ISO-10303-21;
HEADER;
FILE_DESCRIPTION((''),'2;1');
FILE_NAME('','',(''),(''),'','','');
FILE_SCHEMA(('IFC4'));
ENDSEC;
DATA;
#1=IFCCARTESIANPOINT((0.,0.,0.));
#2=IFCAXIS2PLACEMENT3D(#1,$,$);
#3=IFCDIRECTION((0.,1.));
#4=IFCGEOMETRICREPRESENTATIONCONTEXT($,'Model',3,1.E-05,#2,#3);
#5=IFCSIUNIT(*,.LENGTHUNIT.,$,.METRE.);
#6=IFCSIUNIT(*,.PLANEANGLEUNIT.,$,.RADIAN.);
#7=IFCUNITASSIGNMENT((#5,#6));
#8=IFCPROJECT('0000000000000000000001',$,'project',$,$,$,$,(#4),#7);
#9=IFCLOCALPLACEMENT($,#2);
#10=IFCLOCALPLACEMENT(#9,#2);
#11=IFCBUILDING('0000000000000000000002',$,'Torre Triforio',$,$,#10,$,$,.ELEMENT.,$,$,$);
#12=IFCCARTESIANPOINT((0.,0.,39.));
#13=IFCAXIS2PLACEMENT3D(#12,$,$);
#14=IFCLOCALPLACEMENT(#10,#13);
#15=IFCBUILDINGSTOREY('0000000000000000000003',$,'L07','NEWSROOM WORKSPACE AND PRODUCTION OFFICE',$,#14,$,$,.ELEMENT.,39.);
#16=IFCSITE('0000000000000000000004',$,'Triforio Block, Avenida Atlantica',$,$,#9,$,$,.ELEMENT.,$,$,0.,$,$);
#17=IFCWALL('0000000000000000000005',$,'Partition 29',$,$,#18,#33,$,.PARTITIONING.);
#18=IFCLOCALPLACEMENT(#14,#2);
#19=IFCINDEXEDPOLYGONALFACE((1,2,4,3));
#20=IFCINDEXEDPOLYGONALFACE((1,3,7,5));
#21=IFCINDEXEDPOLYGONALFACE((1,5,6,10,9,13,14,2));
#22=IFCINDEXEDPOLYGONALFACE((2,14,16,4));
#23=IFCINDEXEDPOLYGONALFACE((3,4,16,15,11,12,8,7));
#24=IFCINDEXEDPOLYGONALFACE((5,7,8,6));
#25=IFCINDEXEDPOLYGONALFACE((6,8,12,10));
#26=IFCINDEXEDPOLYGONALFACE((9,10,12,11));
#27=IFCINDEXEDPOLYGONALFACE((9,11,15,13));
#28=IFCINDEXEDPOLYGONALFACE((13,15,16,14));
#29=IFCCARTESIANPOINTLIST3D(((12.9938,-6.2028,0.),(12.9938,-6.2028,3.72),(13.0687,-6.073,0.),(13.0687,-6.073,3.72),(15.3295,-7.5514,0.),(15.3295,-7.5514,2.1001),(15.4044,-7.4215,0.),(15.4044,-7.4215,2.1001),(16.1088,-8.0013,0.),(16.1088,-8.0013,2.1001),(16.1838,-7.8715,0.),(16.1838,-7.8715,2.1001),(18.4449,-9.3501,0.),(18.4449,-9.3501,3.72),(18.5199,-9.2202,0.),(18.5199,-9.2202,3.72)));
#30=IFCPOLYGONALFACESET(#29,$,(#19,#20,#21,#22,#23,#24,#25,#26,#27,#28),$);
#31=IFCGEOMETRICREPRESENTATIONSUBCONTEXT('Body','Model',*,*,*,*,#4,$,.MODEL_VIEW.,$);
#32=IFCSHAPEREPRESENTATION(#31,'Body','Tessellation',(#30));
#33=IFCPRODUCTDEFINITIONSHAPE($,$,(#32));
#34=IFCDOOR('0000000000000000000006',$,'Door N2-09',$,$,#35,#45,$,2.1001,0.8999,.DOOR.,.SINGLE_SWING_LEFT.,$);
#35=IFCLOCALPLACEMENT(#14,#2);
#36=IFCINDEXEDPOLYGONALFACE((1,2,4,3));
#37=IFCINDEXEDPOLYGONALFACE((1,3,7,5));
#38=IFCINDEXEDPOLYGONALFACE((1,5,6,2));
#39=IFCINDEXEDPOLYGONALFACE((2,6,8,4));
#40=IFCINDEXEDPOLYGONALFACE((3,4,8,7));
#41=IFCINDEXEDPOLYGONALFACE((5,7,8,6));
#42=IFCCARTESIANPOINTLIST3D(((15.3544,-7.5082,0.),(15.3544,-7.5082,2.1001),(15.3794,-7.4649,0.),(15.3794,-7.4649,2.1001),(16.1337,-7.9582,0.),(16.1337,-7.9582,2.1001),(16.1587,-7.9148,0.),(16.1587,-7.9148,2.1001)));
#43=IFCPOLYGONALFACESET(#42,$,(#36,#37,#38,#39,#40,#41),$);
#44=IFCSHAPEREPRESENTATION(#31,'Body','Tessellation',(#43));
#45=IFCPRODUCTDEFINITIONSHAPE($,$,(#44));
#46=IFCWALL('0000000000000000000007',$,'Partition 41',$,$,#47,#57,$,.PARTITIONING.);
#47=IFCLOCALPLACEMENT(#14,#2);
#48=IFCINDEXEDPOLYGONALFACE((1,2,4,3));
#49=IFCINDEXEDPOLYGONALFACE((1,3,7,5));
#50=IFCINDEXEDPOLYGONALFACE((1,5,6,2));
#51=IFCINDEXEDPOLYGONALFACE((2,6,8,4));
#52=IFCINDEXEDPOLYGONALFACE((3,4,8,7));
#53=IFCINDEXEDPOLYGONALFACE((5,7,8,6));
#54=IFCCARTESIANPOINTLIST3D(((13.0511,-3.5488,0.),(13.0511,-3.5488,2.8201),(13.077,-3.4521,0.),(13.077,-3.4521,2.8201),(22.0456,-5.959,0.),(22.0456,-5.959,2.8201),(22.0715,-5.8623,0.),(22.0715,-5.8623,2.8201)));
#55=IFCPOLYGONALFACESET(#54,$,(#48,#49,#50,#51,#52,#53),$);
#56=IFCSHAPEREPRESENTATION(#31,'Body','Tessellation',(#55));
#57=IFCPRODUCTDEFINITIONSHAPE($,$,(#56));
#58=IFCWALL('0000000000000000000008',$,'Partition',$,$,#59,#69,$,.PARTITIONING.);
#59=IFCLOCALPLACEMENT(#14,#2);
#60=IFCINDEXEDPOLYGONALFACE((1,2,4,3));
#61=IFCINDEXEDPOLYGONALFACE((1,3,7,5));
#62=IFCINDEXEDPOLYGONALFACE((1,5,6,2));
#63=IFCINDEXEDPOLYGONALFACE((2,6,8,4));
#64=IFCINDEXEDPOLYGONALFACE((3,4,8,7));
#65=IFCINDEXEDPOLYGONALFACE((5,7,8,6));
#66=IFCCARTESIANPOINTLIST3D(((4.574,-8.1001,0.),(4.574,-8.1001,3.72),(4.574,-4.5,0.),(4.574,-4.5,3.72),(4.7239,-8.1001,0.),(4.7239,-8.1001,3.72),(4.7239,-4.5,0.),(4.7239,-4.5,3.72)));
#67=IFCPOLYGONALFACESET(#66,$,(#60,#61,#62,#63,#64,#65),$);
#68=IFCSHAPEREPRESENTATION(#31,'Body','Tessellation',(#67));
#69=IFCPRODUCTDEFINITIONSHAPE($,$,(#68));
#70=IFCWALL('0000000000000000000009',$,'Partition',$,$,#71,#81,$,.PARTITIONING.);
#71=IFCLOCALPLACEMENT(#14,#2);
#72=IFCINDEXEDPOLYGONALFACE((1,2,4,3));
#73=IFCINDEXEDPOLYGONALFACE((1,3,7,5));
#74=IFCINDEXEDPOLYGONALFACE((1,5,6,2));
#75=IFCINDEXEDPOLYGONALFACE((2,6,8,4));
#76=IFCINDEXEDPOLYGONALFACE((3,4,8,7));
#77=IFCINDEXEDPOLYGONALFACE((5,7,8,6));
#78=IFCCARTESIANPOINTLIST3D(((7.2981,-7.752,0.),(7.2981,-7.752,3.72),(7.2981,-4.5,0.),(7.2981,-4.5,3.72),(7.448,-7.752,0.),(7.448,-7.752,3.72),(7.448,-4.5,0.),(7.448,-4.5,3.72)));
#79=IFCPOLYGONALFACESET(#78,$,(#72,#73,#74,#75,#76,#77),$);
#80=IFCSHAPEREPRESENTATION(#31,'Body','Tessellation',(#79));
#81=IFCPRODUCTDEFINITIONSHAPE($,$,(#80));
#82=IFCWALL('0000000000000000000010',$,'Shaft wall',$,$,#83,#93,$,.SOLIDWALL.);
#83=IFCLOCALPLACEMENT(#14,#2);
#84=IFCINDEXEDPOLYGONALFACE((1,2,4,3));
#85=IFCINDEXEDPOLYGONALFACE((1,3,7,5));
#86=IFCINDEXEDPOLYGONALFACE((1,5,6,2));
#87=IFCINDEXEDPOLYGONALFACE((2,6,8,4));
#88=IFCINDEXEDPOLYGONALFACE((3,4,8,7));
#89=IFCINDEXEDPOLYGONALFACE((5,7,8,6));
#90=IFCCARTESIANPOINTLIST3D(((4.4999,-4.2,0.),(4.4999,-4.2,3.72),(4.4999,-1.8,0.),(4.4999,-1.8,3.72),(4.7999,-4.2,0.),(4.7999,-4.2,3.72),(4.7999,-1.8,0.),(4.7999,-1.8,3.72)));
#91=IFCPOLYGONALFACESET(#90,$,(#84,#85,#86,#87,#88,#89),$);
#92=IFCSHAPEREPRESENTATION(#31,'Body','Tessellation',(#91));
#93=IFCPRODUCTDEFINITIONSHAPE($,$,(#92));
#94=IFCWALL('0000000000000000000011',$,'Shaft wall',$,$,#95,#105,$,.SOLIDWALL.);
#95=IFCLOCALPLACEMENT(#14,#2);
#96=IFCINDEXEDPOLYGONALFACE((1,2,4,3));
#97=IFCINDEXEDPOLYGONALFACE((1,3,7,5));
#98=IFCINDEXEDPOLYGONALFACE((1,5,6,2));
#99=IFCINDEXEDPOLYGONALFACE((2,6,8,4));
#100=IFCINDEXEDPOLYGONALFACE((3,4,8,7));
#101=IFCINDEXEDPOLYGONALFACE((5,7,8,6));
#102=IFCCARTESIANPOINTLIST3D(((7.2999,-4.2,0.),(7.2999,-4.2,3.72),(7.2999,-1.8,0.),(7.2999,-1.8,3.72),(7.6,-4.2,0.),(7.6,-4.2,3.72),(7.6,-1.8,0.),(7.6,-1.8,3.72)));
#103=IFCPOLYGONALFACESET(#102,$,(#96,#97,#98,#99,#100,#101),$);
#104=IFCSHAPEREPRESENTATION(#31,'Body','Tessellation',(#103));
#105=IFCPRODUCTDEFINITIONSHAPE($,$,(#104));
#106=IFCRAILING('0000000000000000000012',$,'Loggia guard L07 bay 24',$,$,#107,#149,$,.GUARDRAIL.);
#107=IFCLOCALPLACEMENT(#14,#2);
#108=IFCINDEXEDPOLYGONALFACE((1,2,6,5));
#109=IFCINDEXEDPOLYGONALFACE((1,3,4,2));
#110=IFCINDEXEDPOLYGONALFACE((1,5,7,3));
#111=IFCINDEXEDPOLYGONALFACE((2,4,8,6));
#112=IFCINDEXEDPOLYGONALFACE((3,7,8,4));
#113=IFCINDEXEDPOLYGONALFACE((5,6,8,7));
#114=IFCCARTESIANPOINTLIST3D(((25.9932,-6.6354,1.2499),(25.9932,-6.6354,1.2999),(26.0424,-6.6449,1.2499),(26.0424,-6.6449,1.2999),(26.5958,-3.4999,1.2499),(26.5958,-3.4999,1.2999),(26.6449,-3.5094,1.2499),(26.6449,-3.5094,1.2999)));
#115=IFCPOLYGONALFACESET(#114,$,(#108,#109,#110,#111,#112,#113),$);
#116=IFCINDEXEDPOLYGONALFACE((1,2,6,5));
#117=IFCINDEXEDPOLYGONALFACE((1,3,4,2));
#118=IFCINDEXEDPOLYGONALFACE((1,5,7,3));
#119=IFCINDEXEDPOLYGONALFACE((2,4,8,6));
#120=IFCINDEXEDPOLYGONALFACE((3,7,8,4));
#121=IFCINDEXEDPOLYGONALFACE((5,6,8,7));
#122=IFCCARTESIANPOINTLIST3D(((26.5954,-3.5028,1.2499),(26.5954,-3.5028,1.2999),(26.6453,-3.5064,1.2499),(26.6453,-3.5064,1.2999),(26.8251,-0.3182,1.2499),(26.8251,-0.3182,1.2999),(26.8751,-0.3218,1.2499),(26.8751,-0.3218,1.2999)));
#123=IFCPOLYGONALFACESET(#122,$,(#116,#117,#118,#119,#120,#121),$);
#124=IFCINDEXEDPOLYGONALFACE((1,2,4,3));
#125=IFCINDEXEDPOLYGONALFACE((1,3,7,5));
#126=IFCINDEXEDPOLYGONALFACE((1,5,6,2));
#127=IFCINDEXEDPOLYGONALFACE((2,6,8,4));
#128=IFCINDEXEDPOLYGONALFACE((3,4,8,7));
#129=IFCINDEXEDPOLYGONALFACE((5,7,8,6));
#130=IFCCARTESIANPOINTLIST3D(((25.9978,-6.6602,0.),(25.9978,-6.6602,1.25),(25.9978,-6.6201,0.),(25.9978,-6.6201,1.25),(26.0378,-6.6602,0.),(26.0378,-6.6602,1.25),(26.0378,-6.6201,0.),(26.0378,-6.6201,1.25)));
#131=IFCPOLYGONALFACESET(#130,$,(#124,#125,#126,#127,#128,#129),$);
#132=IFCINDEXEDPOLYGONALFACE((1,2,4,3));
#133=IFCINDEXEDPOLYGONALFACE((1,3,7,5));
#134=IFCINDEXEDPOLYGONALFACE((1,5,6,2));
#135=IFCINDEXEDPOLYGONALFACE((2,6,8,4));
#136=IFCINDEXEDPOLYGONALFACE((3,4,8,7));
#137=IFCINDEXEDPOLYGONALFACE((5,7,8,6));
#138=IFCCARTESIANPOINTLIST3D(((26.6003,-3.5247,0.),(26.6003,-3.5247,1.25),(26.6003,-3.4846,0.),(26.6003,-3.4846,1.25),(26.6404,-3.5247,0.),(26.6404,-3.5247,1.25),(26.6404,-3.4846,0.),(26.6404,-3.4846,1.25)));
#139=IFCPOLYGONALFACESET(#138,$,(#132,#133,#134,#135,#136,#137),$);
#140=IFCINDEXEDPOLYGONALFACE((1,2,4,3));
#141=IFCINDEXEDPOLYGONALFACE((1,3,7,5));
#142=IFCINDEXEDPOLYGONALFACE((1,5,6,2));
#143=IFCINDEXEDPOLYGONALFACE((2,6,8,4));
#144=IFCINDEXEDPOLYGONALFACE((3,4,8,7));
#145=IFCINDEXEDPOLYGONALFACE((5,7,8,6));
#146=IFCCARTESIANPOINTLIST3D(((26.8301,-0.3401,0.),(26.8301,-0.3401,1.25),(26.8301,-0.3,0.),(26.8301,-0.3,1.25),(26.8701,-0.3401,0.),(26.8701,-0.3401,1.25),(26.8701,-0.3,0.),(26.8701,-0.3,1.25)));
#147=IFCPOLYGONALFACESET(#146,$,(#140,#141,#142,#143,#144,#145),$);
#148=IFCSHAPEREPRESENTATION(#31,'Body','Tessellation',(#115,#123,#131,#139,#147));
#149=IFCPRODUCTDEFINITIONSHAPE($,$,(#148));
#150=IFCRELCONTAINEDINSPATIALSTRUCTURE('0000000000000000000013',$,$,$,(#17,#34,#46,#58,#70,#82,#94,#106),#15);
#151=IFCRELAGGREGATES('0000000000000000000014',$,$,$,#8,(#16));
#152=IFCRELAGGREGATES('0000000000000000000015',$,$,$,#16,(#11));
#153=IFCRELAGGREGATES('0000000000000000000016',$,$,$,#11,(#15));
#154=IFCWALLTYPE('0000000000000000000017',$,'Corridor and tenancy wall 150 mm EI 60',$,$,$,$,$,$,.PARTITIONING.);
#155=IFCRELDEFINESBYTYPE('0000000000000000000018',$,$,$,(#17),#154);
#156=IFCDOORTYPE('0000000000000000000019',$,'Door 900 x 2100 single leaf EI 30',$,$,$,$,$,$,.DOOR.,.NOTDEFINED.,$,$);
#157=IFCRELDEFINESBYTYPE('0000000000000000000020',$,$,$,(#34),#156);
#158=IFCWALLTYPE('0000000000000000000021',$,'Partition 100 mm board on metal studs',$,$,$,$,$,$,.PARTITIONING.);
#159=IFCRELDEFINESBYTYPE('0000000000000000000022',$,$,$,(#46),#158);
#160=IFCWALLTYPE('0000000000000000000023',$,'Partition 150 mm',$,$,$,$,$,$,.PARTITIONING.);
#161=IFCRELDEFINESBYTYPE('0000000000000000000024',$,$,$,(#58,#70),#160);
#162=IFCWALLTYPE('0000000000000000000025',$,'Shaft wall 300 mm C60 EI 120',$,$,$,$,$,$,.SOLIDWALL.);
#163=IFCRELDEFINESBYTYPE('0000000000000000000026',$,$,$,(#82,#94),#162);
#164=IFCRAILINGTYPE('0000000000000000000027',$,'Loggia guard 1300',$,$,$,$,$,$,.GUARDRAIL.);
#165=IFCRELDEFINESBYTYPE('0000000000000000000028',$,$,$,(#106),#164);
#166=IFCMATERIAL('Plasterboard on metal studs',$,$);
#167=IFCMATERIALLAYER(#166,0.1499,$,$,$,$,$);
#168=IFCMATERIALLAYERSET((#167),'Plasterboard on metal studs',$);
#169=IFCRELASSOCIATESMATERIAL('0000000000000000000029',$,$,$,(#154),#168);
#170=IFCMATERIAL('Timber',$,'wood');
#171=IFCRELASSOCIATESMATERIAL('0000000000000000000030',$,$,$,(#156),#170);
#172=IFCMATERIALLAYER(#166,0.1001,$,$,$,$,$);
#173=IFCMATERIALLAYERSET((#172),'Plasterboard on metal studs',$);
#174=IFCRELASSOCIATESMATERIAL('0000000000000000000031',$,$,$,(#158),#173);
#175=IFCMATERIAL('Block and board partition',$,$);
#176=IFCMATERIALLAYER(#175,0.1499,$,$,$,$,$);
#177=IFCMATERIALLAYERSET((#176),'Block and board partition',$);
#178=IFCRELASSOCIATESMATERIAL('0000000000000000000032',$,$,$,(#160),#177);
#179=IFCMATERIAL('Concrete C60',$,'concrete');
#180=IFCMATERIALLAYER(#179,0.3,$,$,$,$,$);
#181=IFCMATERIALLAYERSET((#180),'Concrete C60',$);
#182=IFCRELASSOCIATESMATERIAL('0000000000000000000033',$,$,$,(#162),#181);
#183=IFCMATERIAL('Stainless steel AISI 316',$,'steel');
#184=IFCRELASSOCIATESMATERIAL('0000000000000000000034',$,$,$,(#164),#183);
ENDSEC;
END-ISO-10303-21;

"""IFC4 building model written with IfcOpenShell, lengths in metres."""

from ifc_helpers import new_model, si_unit, direction, frame, frame_2d, origin, origin_2d, place, context, subcontext, project, spatial, rectangle, extrude, material, layer, layer_set, type_object, element, fill, save


model = new_model("IFC4")

# Units and contexts
model_context = context("Model", 3, precision=1e-05, world=origin(), true_north=direction((0.0, 1.0)))
body_context = subcontext(model_context, "Body", "Model", "MODEL_VIEW")
ifc_project = project(units=[si_unit("LENGTHUNIT", "METRE"), si_unit("PLANEANGLEUNIT", "RADIAN")], contexts=[model_context])

# Site, building, storey
site_placement = place(None, origin())
site = spatial("IfcSite", under=ifc_project, at=site_placement, Name="Triforio Block, Avenida Atlantica", CompositionType="ELEMENT", RefElevation=0.0)
building_placement = place(site_placement, origin())
building = spatial("IfcBuilding", under=site, at=building_placement, Name="Torre Triforio", CompositionType="ELEMENT")
storey_placement = place(building_placement, frame((0.0, 0.0, 39.0)))
storey = spatial("IfcBuildingStorey", under=building, at=storey_placement, Name="L07", Description="NEWSROOM WORKSPACE AND PRODUCTION OFFICE", CompositionType="ELEMENT", Elevation=39.0)

# Shared definitions
ifc_material_1 = material(Name="Concrete C60", Category="concrete")

# Shared definitions
ifc_material_2 = material(Name="Plasterboard on metal studs")
ifc_layer_1 = layer(ifc_material_2, 0.1499)
ifc_layer_set_1 = layer_set([ifc_layer_1], Name="Plasterboard on metal studs")
wall_type_1 = type_object("IfcWallType", Name="Corridor and tenancy wall 150 mm EI 60", PredefinedType="PARTITIONING", material=ifc_layer_set_1)

# Wall, opening, door
wall_1_placement = place(storey_placement, frame((13.0312, -6.1379, 0.0), z_axis=(0.0, 0.0, 1.0), x_axis=(0.866027, -0.499998, 0.0)))
wall_1 = element("IfcWall", 1, at=wall_1_placement, inside=storey, type_object=wall_type_1, Name="Partition 29", PredefinedType="PARTITIONING", context=body_context, shape_type="SweptSolid", body=[
    extrude(rectangle(XDim=6.2944, YDim=0.1499, at=frame_2d((3.1472, 0.0))), origin(), (0.0, 0.0, 1.0), 3.72),
])
opening_1_placement = place(wall_1_placement, frame((2.697, 0.0, 0.0)))
opening_1 = element("IfcOpeningElement", 2, at=opening_1_placement, cuts=wall_1, PredefinedType="OPENING", context=body_context, shape_type="SweptSolid", body=[
    extrude(rectangle(XDim=0.8999, YDim=2.1001, at=frame_2d((0.45, 1.05))), frame((0.0, 0.085, 0.0), z_axis=(0.0, -1.0, 0.0), x_axis=(1.0, 0.0, 0.0)), (0.0, 0.0, 1.0), 0.1699),
])
ifc_material_3 = material(Name="Timber", Category="wood")
door_type_1 = type_object("IfcDoorType", Name="Door 900 x 2100 single leaf EI 30", OperationType="NOTDEFINED", PredefinedType="DOOR", material=ifc_material_3)
door_1_placement = place(opening_1_placement, origin())
door_1 = element("IfcDoor", 3, at=door_1_placement, inside=storey, type_object=door_type_1, Name="Door N2-09", OperationType="SINGLE_SWING_LEFT", OverallHeight=2.1001, OverallWidth=0.8999, PredefinedType="DOOR", context=body_context, shape_type="SweptSolid", body=[
    extrude(rectangle(XDim=0.8999, YDim=2.1001, at=frame_2d((0.45, 1.05))), frame((0.0, 0.0249, 0.0), z_axis=(0.0, -1.0, 0.0), x_axis=(1.0, 0.0, 0.0)), (0.0, 0.0, 1.0), 0.05),
])
fill(opening_1, door_1)

# Walls
ifc_layer_2 = layer(ifc_material_2, 0.1001)
ifc_layer_set_2 = layer_set([ifc_layer_2], Name="Plasterboard on metal studs")
wall_type_2 = type_object("IfcWallType", Name="Partition 100 mm board on metal studs", PredefinedType="PARTITIONING", material=ifc_layer_set_2)
wall_2_placement = place(storey_placement, frame((13.0642, -3.5005, 0.0), z_axis=(0.0, 0.0, 1.0), x_axis=(0.965923, -0.258831, 0.0)))
element("IfcWall", 4, at=wall_2_placement, inside=storey, type_object=wall_type_2, Name="Partition 41", PredefinedType="PARTITIONING", context=body_context, shape_type="SweptSolid", body=[
    extrude(rectangle(XDim=9.3118, YDim=0.1001, at=frame_2d((4.6558, 0.0))), origin(), (0.0, 0.0, 1.0), 2.8201),
])
ifc_material_4 = material(Name="Block and board partition")
ifc_layer_3 = layer(ifc_material_4, 0.1499)
ifc_layer_set_3 = layer_set([ifc_layer_3], Name="Block and board partition")
wall_type_3 = type_object("IfcWallType", Name="Partition 150 mm", PredefinedType="PARTITIONING", material=ifc_layer_set_3)
wall_3_placement = place(storey_placement, frame((4.6489, -8.1001, 0.0), z_axis=(0.0, 0.0, 1.0), x_axis=(0.0, 1.0, 0.0)))
element("IfcWall", 5, at=wall_3_placement, inside=storey, type_object=wall_type_3, Name="Partition", PredefinedType="PARTITIONING", context=body_context, shape_type="SweptSolid", body=[
    extrude(rectangle(XDim=3.6001, YDim=0.1499, at=frame_2d((1.8, 0.0))), origin(), (0.0, 0.0, 1.0), 3.72),
])
wall_4_placement = place(storey_placement, frame((7.373, -7.752, 0.0), z_axis=(0.0, 0.0, 1.0), x_axis=(0.0, 1.0, 0.0)))
element("IfcWall", 6, at=wall_4_placement, inside=storey, type_object=wall_type_3, Name="Partition", PredefinedType="PARTITIONING", context=body_context, shape_type="SweptSolid", body=[
    extrude(rectangle(XDim=3.252, YDim=0.1499, at=frame_2d((1.626, 0.0))), origin(), (0.0, 0.0, 1.0), 3.72),
])
ifc_layer_4 = layer(ifc_material_1, 0.3)
ifc_layer_set_4 = layer_set([ifc_layer_4], Name="Concrete C60")
wall_type_4 = type_object("IfcWallType", Name="Shaft wall 300 mm C60 EI 120", PredefinedType="SOLIDWALL", material=ifc_layer_set_4)
for number, where, z_axis, x_axis, name in (
    (7, (4.6499, -4.2, 0.0), (0.0, 0.0, 1.0), (0.0, 1.0, 0.0), "Shaft wall"),
    (8, (7.45, -4.2, 0.0), (0.0, 0.0, 1.0), (0.0, 1.0, 0.0), "Shaft wall"),
):
    element("IfcWall", number, at=place(storey_placement, frame(where, z_axis=z_axis, x_axis=x_axis)), inside=storey, type_object=wall_type_4, Name=name, PredefinedType="SOLIDWALL", context=body_context, shape_type="SweptSolid", body=[
        extrude(rectangle(XDim=2.3999, YDim=0.3, at=frame_2d((1.2, 0.0))), origin(), (0.0, 0.0, 1.0), 3.72),
    ])

# Railing
ifc_material_5 = material(Name="Stainless steel AISI 316", Category="steel")
railing_type = type_object("IfcRailingType", Name="Loggia guard 1300", PredefinedType="GUARDRAIL", material=ifc_material_5)
railing_placement = place(storey_placement, frame((26.0178, -6.6401, 0.0)))
element("IfcRailing", 9, at=railing_placement, inside=storey, type_object=railing_type, Name="Loggia guard L07 bay 24", PredefinedType="GUARDRAIL", context=body_context, shape_type="SweptSolid", body=[
    extrude(rectangle(XDim=0.05, YDim=0.05, at=origin_2d()), frame((0.0, 0.0, 1.2749), z_axis=(0.188714, 0.982032, 0.0), x_axis=(-0.982032, 0.188714, 0.0)), (0.0, 0.0, 1.0), 3.1929),
    extrude(rectangle(XDim=0.05, YDim=0.05, at=origin_2d()), frame((0.6025, 3.1355, 1.2749), z_axis=(0.071953, 0.997408, 0.0), x_axis=(-0.997408, 0.071953, 0.0)), (0.0, 0.0, 1.0), 3.1929),
    extrude(rectangle(XDim=0.04, YDim=0.04, at=origin_2d()), origin(), (0.0, 0.0, 1.0), 1.25),
    extrude(rectangle(XDim=0.04, YDim=0.04, at=origin_2d()), frame((0.6025, 3.1355, 0.0)), (0.0, 0.0, 1.0), 1.25),
    extrude(rectangle(XDim=0.04, YDim=0.04, at=origin_2d()), frame((0.8323, 6.3201, 0.0)), (0.0, 0.0, 1.0), 1.25),
])

save(model, "model.ifc")
